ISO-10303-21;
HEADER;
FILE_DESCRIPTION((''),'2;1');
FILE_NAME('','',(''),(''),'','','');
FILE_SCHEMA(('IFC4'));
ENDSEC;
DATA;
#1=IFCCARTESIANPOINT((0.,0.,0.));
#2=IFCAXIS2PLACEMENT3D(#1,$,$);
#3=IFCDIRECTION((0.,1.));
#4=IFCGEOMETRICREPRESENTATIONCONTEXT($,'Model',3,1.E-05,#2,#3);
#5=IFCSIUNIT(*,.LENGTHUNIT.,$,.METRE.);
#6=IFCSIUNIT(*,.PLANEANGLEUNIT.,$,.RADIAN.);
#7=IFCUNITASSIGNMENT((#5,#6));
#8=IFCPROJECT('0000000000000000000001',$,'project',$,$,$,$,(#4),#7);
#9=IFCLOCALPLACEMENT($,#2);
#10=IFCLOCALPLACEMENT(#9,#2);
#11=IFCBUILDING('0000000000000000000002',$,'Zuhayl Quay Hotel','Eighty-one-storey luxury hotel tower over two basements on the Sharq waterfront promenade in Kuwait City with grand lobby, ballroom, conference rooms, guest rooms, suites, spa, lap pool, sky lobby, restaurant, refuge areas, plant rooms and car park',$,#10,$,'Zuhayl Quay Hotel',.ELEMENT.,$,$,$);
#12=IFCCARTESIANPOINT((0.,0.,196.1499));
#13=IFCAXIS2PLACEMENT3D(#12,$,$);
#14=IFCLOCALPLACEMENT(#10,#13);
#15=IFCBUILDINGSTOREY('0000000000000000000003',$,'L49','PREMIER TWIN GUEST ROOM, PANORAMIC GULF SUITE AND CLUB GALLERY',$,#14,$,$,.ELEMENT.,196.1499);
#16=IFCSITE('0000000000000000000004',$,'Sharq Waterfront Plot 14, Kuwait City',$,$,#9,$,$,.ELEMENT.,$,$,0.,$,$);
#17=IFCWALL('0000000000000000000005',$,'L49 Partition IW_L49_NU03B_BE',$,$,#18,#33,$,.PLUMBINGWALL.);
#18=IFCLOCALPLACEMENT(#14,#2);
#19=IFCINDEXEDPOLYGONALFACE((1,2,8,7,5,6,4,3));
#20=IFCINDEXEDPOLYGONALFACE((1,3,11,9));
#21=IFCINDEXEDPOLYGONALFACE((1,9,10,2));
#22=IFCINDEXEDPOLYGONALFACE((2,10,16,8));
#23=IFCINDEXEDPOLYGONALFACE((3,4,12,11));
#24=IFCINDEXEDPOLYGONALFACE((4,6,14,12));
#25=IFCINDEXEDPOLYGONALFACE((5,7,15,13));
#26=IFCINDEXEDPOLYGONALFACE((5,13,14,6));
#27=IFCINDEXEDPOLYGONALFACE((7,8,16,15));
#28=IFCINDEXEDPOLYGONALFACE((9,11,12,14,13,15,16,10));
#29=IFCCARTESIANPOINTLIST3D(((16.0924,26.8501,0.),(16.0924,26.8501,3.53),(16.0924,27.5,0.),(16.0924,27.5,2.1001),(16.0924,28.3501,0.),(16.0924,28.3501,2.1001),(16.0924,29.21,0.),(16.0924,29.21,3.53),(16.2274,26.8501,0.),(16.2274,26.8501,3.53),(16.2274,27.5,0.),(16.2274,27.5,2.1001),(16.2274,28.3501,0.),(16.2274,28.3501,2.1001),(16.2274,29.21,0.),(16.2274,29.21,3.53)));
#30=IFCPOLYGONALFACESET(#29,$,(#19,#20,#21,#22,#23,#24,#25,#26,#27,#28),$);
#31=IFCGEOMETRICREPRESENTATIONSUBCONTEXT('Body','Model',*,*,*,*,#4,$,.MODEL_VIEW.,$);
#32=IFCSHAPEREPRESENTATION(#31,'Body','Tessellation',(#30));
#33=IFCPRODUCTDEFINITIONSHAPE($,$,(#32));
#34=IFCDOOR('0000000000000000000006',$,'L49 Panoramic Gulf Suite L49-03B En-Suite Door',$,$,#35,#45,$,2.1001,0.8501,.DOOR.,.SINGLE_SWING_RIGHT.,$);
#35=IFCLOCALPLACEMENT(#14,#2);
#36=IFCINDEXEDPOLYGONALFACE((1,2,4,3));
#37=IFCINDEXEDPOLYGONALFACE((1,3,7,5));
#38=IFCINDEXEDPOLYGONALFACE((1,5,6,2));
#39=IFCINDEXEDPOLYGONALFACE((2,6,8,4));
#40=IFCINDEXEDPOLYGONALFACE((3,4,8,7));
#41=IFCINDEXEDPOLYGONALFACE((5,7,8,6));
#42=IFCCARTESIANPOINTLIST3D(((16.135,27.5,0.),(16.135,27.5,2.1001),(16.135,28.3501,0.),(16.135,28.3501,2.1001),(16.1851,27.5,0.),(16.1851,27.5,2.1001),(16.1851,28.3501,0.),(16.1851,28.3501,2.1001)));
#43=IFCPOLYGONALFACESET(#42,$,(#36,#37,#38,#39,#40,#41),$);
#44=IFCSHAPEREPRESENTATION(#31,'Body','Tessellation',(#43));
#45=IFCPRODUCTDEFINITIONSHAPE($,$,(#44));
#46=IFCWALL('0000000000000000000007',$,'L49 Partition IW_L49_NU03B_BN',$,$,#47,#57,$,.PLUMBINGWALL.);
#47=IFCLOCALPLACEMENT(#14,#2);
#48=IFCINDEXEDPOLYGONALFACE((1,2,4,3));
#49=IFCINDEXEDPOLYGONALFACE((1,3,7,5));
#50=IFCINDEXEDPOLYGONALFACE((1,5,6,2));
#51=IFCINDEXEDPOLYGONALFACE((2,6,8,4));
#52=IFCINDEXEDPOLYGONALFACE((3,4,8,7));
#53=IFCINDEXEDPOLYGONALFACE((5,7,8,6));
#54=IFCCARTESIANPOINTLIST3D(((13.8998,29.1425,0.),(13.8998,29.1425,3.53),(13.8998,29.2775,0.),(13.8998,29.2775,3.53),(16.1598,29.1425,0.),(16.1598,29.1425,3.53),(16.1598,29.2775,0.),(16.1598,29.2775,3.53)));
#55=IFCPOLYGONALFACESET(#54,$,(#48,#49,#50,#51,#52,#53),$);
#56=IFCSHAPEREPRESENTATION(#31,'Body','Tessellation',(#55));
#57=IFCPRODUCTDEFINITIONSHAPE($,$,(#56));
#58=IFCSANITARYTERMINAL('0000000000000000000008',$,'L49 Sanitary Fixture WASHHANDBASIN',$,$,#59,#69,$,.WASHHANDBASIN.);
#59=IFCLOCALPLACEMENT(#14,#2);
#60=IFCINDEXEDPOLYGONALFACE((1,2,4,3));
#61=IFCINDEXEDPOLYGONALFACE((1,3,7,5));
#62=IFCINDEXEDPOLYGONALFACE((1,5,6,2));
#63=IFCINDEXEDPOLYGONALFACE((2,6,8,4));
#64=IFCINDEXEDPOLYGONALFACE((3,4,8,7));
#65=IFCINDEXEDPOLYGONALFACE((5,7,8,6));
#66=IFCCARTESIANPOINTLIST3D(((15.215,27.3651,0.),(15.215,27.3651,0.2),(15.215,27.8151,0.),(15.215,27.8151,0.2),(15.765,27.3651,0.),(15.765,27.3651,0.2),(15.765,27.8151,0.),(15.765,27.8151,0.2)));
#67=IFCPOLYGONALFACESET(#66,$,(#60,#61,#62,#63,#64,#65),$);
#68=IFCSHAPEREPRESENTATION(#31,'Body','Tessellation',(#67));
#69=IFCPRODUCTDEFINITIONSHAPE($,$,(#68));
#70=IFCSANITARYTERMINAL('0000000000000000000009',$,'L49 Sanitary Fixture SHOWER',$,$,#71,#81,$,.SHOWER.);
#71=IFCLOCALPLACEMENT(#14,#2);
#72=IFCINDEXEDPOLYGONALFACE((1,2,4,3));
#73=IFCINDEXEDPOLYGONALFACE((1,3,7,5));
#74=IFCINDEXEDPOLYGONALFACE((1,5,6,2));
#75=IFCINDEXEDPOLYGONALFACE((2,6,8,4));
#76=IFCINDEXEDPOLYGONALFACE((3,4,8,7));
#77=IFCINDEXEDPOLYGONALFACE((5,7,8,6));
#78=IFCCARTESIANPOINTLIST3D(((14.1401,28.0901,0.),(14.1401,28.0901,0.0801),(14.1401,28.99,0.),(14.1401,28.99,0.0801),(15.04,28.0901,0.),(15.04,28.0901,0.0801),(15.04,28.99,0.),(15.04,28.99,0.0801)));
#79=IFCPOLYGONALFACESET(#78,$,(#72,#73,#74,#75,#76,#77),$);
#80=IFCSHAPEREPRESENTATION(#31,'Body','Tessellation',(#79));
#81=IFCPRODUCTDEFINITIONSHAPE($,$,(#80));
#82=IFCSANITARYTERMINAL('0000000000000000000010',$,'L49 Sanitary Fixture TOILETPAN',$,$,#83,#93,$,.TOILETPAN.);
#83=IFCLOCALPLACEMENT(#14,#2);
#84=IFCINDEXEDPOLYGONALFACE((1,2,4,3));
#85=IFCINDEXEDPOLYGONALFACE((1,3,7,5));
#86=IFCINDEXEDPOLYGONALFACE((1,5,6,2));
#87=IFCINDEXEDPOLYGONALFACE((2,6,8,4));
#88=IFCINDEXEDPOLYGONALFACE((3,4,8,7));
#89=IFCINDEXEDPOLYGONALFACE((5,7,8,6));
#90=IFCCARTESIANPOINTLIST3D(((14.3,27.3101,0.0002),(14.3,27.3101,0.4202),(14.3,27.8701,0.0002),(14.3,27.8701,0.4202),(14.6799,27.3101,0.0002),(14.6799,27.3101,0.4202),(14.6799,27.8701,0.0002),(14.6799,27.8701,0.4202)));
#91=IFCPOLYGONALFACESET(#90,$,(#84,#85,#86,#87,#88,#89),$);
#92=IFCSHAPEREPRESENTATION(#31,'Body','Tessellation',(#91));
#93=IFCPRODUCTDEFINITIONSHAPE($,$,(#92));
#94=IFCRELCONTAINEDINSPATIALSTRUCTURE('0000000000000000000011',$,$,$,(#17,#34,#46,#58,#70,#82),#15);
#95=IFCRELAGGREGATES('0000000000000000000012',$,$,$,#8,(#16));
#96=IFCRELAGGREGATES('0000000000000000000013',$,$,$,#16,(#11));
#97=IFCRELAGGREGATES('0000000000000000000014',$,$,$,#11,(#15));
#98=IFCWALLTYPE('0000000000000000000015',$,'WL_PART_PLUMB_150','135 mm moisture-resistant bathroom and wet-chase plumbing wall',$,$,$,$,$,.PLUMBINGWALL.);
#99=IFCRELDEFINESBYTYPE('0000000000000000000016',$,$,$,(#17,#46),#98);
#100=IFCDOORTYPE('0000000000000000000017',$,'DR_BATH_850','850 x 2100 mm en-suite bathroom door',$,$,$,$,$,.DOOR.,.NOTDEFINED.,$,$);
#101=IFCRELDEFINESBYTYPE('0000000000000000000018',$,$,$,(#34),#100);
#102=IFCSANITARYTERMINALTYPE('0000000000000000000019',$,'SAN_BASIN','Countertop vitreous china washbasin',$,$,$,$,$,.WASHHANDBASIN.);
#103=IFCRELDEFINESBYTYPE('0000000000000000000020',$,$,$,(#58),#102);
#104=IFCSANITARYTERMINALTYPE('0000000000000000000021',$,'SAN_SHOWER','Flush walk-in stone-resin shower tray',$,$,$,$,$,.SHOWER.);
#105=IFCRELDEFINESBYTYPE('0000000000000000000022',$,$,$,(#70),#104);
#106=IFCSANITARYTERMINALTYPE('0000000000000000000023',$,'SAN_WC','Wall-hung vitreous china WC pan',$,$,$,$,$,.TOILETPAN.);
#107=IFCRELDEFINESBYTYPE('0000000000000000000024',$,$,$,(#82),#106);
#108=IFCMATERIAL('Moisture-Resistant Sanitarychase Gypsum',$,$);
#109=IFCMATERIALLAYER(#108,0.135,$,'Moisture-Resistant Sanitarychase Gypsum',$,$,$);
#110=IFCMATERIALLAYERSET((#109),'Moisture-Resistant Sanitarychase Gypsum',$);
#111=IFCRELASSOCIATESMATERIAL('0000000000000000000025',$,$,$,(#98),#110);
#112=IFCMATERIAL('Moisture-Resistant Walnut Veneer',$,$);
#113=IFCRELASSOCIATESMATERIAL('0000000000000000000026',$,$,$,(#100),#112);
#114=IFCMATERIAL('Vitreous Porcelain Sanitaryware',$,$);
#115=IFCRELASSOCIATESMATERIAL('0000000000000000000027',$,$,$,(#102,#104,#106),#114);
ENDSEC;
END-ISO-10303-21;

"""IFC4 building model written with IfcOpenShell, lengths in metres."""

from ifc_helpers import new_model, si_unit, direction, frame, frame_2d, origin, origin_2d, place, context, subcontext, project, spatial, rectangle, extrude, material, layer, layer_set, type_object, element, fill, save


model = new_model("IFC4")

# Units and contexts
model_context = context("Model", 3, precision=1e-05, world=origin(), true_north=direction((0.0, 1.0)))
body_context = subcontext(model_context, "Body", "Model", "MODEL_VIEW")
ifc_project = project(units=[si_unit("LENGTHUNIT", "METRE"), si_unit("PLANEANGLEUNIT", "RADIAN")], contexts=[model_context])

# Site, building, storey
site_placement = place(None, origin())
site = spatial("IfcSite", under=ifc_project, at=site_placement, Name="Sharq Waterfront Plot 14, Kuwait City", CompositionType="ELEMENT", RefElevation=0.0)
building_placement = place(site_placement, origin())
building = spatial("IfcBuilding", under=site, at=building_placement, Name="Zuhayl Quay Hotel", Description="Eighty-one-storey luxury hotel tower over two basements on the Sharq waterfront promenade in Kuwait City with grand lobby, ballroom, conference rooms, guest rooms, suites, spa, lap pool, sky lobby, restaurant, refuge areas, plant rooms and car park", LongName="Zuhayl Quay Hotel", CompositionType="ELEMENT")
storey_placement = place(building_placement, frame((0.0, 0.0, 196.1499)))
storey = spatial("IfcBuildingStorey", under=building, at=storey_placement, Name="L49", Description="PREMIER TWIN GUEST ROOM, PANORAMIC GULF SUITE AND CLUB GALLERY", CompositionType="ELEMENT", Elevation=196.1499)

# Wall, opening, door
ifc_material_1 = material(Name="Moisture-Resistant Sanitarychase Gypsum")
ifc_layer_1 = layer(ifc_material_1, 0.135, Name="Moisture-Resistant Sanitarychase Gypsum")
ifc_layer_set_1 = layer_set([ifc_layer_1], Name="Moisture-Resistant Sanitarychase Gypsum")
wall_type_1 = type_object("IfcWallType", Name="WL_PART_PLUMB_150", Description="135 mm moisture-resistant bathroom and wet-chase plumbing wall", PredefinedType="PLUMBINGWALL", material=ifc_layer_set_1)
wall_1_placement = place(storey_placement, frame((16.1599, 26.8501, 0.0), z_axis=(0.0, 0.0, 1.0), x_axis=(0.0, 1.0, 0.0)))
wall_1 = element("IfcWall", 1, at=wall_1_placement, inside=storey, type_object=wall_type_1, Name="L49 Partition IW_L49_NU03B_BE", PredefinedType="PLUMBINGWALL", context=body_context, shape_type="SweptSolid", body=[
    extrude(rectangle(XDim=2.3599, YDim=0.135, at=frame_2d((1.1799, 0.0))), origin(), (0.0, 0.0, 1.0), 3.53),
])
opening_1_placement = place(wall_1_placement, frame((0.6499, 0.0, 0.0)))
opening_1 = element("IfcOpeningElement", 2, at=opening_1_placement, cuts=wall_1, PredefinedType="OPENING", context=body_context, shape_type="SweptSolid", body=[
    extrude(rectangle(XDim=0.8501, YDim=2.1001, at=frame_2d((0.425, 1.05))), frame((0.0, 0.0774, 0.0), z_axis=(0.0, -1.0, 0.0), x_axis=(1.0, 0.0, 0.0)), (0.0, 0.0, 1.0), 0.155),
])
ifc_material_2 = material(Name="Moisture-Resistant Walnut Veneer")
door_type_1 = type_object("IfcDoorType", Name="DR_BATH_850", Description="850 x 2100 mm en-suite bathroom door", OperationType="NOTDEFINED", PredefinedType="DOOR", material=ifc_material_2)
door_1_placement = place(opening_1_placement, origin())
door_1 = element("IfcDoor", 3, at=door_1_placement, inside=storey, type_object=door_type_1, Name="L49 Panoramic Gulf Suite L49-03B En-Suite Door", OperationType="SINGLE_SWING_RIGHT", OverallHeight=2.1001, OverallWidth=0.8501, PredefinedType="DOOR", context=body_context, shape_type="SweptSolid", body=[
    extrude(rectangle(XDim=0.8501, YDim=2.1001, at=frame_2d((0.425, 1.05))), frame((0.0, 0.0249, 0.0), z_axis=(0.0, -1.0, 0.0), x_axis=(1.0, 0.0, 0.0)), (0.0, 0.0, 1.0), 0.05),
])
fill(opening_1, door_1)

# Wall
wall_2_placement = place(storey_placement, frame((13.8999, 29.21, 0.0), z_axis=(0.0, 0.0, 1.0), x_axis=(1.0, 0.0, 0.0)))
element("IfcWall", 4, at=wall_2_placement, inside=storey, type_object=wall_type_1, Name="L49 Partition IW_L49_NU03B_BN", PredefinedType="PLUMBINGWALL", context=body_context, shape_type="SweptSolid", body=[
    extrude(rectangle(XDim=2.26, YDim=0.135, at=frame_2d((1.1299, 0.0))), origin(), (0.0, 0.0, 1.0), 3.53),
])

# Sanitary terminals
ifc_material_3 = material(Name="Vitreous Porcelain Sanitaryware")
sanitary_terminal_type_1 = type_object("IfcSanitaryTerminalType", Name="SAN_BASIN", Description="Countertop vitreous china washbasin", PredefinedType="WASHHANDBASIN", material=ifc_material_3)
sanitary_terminal_1_placement = place(storey_placement, frame((15.49, 27.5901, 0.0), z_axis=(0.0, 0.0, 1.0), x_axis=(1.0, 0.0, 0.0)))
element("IfcSanitaryTerminal", 5, at=sanitary_terminal_1_placement, inside=storey, type_object=sanitary_terminal_type_1, Name="L49 Sanitary Fixture WASHHANDBASIN", PredefinedType="WASHHANDBASIN", context=body_context, shape_type="SweptSolid", body=[
    extrude(rectangle(XDim=0.55, YDim=0.45, at=origin_2d()), origin(), (0.0, 0.0, 1.0), 0.2),
])
sanitary_terminal_type_2 = type_object("IfcSanitaryTerminalType", Name="SAN_SHOWER", Description="Flush walk-in stone-resin shower tray", PredefinedType="SHOWER", material=ifc_material_3)
sanitary_terminal_2_placement = place(storey_placement, frame((14.5901, 28.54, 0.0), z_axis=(0.0, 0.0, 1.0), x_axis=(1.0, 0.0, 0.0)))
element("IfcSanitaryTerminal", 6, at=sanitary_terminal_2_placement, inside=storey, type_object=sanitary_terminal_type_2, Name="L49 Sanitary Fixture SHOWER", PredefinedType="SHOWER", context=body_context, shape_type="SweptSolid", body=[
    extrude(rectangle(XDim=0.8999, YDim=0.8999, at=origin_2d()), origin(), (0.0, 0.0, 1.0), 0.0801),
])
sanitary_terminal_type_3 = type_object("IfcSanitaryTerminalType", Name="SAN_WC", Description="Wall-hung vitreous china WC pan", PredefinedType="TOILETPAN", material=ifc_material_3)
sanitary_terminal_3_placement = place(storey_placement, frame((14.49, 27.5901, 0.0002), z_axis=(0.0, 0.0, 1.0), x_axis=(1.0, 0.0, 0.0)))
element("IfcSanitaryTerminal", 7, at=sanitary_terminal_3_placement, inside=storey, type_object=sanitary_terminal_type_3, Name="L49 Sanitary Fixture TOILETPAN", PredefinedType="TOILETPAN", context=body_context, shape_type="SweptSolid", body=[
    extrude(rectangle(XDim=0.3799, YDim=0.5601, at=origin_2d()), origin(), (0.0, 0.0, 1.0), 0.4199),
])

save(model, "model.ifc")
